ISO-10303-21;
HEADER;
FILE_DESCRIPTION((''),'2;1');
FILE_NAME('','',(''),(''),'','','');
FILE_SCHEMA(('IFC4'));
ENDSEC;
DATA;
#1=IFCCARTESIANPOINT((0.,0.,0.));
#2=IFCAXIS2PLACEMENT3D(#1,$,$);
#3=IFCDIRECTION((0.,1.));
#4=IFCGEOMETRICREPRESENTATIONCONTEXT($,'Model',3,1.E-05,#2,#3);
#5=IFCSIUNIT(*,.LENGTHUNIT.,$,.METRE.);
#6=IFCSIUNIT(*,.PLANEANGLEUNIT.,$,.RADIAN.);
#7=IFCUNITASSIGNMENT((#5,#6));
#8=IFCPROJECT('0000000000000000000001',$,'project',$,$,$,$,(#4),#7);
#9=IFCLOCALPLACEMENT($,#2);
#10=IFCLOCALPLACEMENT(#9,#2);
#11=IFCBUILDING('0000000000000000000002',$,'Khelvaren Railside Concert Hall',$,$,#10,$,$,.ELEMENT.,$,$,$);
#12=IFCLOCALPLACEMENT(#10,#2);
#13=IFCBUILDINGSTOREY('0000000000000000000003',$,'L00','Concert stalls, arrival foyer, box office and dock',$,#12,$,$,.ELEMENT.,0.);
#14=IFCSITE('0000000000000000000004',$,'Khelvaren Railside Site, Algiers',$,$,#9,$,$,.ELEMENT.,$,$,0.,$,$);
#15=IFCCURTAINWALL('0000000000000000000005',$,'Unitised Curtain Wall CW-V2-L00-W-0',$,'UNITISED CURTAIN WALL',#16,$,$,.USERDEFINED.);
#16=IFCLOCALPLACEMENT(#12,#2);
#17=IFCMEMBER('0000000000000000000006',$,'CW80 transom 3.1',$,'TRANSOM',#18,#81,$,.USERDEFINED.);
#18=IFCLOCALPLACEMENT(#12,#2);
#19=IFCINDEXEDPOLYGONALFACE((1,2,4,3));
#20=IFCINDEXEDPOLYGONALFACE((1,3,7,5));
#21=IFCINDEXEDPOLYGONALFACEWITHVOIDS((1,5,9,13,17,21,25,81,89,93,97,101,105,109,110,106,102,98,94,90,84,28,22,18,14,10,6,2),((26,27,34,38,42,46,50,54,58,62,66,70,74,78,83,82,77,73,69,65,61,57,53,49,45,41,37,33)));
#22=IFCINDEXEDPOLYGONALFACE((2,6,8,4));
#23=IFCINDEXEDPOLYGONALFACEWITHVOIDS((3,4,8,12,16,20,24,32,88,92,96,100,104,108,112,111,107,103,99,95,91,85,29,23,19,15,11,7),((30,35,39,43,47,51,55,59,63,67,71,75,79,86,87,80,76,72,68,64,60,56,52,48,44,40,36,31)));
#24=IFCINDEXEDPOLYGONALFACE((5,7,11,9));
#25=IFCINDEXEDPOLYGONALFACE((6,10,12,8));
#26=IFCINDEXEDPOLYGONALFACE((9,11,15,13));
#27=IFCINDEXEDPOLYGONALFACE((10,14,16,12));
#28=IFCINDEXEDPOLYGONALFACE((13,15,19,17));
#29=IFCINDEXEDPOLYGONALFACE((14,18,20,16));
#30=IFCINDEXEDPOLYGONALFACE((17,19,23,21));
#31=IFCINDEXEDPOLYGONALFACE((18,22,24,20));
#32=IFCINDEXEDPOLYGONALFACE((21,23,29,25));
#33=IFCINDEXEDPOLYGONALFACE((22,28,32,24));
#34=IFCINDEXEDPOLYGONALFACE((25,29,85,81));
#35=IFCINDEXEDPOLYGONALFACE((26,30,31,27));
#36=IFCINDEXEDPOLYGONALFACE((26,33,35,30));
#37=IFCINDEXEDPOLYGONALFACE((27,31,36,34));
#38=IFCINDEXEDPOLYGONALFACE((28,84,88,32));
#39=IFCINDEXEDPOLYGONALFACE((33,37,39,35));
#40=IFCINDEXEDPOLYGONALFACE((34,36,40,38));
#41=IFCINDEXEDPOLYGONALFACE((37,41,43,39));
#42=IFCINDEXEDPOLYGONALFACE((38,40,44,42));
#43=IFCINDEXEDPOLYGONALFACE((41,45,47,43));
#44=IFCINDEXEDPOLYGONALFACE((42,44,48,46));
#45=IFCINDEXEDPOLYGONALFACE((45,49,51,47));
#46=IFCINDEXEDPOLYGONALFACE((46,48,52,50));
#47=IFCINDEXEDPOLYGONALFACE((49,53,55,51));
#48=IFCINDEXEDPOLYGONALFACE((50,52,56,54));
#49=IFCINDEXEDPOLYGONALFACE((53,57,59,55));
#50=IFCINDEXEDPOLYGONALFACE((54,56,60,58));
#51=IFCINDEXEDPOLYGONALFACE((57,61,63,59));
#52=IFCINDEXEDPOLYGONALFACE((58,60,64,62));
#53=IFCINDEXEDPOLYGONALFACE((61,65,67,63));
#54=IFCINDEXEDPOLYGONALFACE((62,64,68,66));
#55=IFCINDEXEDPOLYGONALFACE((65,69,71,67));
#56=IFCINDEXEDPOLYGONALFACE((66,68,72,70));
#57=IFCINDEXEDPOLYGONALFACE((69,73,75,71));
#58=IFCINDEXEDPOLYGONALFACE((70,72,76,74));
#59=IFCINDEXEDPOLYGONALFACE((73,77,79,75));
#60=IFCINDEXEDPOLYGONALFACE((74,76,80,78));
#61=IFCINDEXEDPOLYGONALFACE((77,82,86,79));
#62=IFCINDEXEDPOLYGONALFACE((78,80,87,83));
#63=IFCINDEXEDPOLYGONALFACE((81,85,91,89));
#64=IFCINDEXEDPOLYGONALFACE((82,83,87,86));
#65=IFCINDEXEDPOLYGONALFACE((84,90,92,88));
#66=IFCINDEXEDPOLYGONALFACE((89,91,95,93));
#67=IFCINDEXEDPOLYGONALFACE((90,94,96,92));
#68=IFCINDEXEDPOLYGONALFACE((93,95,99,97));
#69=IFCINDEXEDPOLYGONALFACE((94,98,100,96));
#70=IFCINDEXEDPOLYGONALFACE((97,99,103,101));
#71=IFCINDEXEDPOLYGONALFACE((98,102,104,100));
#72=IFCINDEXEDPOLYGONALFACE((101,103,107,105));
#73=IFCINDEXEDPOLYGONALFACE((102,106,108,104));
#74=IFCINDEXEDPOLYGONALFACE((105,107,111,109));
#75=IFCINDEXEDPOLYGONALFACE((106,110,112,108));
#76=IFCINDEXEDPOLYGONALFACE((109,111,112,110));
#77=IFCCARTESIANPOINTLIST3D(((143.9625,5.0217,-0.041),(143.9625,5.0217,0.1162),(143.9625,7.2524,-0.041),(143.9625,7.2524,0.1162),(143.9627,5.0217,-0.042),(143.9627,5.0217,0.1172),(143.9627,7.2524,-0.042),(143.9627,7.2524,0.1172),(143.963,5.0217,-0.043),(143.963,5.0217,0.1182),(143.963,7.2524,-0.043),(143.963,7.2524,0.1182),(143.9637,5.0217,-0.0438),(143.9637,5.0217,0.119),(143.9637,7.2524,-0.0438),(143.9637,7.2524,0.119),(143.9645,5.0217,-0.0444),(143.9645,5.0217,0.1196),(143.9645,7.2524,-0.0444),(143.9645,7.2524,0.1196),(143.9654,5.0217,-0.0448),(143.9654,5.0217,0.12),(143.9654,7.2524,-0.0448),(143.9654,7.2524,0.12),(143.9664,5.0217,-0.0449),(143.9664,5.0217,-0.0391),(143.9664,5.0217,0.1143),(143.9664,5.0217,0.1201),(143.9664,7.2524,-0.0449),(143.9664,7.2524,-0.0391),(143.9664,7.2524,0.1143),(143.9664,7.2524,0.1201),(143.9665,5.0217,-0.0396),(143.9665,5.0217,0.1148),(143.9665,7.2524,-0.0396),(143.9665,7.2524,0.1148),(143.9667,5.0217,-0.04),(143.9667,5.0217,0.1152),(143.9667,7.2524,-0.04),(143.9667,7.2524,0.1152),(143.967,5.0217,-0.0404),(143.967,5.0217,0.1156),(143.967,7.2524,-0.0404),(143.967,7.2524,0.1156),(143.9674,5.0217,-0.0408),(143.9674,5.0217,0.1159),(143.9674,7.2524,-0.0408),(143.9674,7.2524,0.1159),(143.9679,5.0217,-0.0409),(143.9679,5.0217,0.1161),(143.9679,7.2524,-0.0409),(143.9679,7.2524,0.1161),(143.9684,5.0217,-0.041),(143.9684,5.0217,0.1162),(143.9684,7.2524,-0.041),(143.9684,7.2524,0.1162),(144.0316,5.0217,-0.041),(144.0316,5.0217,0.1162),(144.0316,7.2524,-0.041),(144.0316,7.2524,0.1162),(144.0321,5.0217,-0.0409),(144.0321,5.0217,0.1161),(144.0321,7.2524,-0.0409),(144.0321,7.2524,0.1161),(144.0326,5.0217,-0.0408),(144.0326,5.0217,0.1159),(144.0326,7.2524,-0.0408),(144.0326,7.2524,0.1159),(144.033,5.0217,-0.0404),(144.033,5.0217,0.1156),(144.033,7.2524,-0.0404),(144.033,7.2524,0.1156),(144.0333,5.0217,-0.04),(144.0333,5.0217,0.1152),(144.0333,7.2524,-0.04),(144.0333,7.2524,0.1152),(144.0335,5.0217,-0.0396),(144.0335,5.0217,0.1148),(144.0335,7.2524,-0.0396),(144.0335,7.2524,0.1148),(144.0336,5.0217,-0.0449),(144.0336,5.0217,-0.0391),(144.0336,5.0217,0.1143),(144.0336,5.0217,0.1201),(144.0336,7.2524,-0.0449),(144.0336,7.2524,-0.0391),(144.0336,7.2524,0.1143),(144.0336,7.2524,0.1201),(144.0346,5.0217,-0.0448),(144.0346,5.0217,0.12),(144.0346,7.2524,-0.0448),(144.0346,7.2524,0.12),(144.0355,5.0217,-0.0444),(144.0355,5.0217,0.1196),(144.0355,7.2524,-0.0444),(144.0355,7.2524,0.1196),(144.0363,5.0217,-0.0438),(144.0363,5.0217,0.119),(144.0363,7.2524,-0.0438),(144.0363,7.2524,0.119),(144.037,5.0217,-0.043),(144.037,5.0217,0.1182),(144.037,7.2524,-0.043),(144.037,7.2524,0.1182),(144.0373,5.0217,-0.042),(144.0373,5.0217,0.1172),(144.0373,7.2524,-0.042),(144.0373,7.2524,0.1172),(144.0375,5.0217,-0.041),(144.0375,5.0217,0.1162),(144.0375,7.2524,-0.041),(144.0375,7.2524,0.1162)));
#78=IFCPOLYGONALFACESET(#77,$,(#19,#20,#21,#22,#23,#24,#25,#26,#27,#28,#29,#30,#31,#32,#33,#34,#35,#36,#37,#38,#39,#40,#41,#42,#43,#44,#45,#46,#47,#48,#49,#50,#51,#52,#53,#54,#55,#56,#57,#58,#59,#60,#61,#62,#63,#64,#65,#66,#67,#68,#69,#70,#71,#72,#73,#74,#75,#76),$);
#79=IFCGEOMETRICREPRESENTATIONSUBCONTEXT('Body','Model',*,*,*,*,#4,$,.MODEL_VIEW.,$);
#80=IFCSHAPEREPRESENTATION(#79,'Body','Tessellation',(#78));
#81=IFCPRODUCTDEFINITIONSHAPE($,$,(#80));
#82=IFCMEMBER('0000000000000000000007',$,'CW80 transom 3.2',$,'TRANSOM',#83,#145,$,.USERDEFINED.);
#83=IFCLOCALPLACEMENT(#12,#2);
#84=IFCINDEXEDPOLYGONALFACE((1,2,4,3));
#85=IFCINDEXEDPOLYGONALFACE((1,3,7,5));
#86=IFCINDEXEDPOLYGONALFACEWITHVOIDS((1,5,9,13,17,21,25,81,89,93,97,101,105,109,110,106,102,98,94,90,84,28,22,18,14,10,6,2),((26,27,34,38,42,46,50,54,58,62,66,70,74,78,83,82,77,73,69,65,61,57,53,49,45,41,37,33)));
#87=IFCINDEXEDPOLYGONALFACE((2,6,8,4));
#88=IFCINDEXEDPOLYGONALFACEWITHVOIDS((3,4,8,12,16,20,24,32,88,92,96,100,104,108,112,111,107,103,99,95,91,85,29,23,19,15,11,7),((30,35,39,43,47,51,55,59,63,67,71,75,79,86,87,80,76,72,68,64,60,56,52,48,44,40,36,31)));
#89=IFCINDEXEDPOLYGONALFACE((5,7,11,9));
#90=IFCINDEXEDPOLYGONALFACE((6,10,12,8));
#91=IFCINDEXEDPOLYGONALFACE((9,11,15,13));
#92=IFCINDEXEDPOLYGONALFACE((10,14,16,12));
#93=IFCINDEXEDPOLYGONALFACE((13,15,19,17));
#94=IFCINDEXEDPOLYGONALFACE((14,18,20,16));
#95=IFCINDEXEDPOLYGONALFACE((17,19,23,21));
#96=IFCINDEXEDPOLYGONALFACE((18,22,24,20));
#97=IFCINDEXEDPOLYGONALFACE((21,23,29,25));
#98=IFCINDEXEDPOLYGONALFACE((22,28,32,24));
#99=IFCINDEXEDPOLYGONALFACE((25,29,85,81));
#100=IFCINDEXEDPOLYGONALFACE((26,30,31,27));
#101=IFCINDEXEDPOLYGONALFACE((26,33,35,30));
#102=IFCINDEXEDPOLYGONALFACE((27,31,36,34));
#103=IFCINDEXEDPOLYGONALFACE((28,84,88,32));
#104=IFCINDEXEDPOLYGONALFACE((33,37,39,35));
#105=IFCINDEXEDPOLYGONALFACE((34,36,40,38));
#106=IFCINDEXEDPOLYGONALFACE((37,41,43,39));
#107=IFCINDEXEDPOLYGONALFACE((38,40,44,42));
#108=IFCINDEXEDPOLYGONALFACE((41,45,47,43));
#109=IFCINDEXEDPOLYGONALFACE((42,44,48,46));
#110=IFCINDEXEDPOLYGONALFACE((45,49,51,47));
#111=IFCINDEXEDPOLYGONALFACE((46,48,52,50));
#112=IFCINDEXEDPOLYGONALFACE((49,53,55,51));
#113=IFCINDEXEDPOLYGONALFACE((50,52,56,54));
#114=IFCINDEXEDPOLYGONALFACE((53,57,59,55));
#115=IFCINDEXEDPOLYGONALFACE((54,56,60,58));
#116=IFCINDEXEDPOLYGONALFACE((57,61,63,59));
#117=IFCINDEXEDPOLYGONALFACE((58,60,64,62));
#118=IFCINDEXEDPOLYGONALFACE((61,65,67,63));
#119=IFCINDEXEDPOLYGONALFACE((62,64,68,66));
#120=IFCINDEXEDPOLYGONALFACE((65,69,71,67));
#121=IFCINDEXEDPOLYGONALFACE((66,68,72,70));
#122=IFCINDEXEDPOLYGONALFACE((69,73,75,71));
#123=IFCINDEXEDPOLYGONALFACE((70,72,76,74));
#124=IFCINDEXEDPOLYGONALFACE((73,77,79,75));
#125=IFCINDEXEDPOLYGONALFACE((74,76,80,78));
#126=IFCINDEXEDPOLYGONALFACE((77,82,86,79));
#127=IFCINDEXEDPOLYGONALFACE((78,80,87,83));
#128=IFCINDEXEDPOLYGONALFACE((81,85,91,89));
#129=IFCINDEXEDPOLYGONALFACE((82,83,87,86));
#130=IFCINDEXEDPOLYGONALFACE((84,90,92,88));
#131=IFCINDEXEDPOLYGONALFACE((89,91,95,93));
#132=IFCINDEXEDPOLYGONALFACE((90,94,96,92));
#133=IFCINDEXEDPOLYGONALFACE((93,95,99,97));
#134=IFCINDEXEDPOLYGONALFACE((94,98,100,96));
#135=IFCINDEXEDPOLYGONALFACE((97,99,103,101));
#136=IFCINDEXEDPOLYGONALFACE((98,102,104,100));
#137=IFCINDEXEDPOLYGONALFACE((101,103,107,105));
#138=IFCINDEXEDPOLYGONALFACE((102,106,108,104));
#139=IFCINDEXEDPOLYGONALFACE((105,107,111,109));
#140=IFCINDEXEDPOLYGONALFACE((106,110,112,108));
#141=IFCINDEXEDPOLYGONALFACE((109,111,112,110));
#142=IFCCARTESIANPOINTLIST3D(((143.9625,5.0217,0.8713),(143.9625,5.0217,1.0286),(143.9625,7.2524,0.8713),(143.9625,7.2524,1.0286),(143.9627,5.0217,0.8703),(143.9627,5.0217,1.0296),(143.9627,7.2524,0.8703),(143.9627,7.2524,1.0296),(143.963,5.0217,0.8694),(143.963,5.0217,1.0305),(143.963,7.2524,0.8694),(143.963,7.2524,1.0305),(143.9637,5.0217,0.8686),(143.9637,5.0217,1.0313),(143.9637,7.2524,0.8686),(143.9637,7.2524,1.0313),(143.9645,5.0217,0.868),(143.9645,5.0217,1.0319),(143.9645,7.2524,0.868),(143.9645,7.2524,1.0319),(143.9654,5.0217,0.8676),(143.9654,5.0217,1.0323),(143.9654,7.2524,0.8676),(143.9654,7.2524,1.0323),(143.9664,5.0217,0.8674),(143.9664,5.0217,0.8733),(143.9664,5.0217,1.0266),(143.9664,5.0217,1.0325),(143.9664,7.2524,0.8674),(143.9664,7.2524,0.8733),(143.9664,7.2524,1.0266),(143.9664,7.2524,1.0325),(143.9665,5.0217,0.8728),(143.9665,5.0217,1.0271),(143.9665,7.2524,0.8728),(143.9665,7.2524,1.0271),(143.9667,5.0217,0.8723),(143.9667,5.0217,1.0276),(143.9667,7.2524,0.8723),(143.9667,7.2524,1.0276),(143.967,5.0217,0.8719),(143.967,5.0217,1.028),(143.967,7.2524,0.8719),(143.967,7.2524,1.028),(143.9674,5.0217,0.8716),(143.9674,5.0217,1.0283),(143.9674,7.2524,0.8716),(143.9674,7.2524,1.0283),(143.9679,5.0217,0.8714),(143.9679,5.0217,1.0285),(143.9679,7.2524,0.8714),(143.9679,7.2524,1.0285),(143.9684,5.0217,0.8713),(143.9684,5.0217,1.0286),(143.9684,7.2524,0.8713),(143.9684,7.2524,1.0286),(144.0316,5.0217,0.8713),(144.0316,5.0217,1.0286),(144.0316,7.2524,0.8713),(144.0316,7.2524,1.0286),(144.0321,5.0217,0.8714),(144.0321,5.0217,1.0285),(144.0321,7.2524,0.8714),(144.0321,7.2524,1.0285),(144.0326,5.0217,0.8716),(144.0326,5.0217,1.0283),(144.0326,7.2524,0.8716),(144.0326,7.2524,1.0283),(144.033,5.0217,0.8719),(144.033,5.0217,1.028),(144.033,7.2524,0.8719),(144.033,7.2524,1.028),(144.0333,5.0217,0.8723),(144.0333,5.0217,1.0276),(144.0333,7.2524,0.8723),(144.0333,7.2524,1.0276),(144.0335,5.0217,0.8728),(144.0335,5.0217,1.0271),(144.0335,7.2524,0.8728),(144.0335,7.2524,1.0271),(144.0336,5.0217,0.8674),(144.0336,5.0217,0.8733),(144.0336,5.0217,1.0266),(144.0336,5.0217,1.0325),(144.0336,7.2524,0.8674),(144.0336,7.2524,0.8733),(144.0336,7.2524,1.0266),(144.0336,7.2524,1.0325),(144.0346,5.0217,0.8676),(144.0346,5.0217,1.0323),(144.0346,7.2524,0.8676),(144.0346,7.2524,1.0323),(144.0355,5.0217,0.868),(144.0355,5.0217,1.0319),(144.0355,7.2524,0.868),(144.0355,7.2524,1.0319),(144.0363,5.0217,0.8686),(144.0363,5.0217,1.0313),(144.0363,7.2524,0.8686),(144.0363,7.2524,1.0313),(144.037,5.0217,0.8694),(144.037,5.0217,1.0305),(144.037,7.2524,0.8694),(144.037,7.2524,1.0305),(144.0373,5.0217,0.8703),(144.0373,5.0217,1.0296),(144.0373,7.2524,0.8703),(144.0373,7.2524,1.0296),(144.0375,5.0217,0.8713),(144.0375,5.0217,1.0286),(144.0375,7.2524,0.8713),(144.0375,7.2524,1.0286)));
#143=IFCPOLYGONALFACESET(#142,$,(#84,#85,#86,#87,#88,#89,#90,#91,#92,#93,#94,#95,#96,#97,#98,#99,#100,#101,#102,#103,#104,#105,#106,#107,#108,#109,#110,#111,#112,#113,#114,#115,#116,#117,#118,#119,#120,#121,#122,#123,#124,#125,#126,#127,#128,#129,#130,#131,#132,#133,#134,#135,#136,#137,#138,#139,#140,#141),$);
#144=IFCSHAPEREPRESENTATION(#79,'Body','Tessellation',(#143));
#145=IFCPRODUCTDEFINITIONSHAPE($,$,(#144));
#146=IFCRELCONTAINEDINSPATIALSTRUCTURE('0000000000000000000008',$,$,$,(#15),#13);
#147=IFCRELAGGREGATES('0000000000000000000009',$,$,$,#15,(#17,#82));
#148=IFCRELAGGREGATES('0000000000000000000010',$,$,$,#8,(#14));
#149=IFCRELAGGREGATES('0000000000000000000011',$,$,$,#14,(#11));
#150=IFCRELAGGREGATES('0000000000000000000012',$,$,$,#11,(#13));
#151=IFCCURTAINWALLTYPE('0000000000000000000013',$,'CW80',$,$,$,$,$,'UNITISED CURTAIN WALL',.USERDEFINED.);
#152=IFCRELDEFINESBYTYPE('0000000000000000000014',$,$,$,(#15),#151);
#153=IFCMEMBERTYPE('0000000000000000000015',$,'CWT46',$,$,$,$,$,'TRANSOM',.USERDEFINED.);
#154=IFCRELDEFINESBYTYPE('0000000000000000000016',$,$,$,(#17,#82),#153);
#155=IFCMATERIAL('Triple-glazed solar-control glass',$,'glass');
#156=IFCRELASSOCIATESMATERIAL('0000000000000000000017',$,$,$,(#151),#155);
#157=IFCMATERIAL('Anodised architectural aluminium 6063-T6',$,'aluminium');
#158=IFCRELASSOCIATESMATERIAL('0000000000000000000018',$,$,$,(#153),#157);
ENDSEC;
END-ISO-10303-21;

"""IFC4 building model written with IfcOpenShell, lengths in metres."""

from ifc_helpers import new_model, si_unit, direction, frame, origin, origin_2d, place, context, subcontext, project, spatial, hollow_rectangle, extrude, material, material_profile, profile_set, type_object, element, aggregate, save


model = new_model("IFC4")

# Units and contexts
model_context = context("Model", 3, precision=1e-05, world=origin(), true_north=direction((0.0, 1.0)))
body_context = subcontext(model_context, "Body", "Model", "MODEL_VIEW")
ifc_project = project(units=[si_unit("LENGTHUNIT", "METRE"), si_unit("PLANEANGLEUNIT", "RADIAN")], contexts=[model_context])

# Site, building, storey
site_placement = place(None, origin())
site = spatial("IfcSite", under=ifc_project, at=site_placement, Name="Khelvaren Railside Site, Algiers", CompositionType="ELEMENT", RefElevation=0.0)
building_placement = place(site_placement, origin())
building = spatial("IfcBuilding", under=site, at=building_placement, Name="Khelvaren Railside Concert Hall", CompositionType="ELEMENT")
storey_placement = place(building_placement, origin())
storey = spatial("IfcBuildingStorey", under=building, at=storey_placement, Name="L00", Description="Concert stalls, arrival foyer, box office and dock", CompositionType="ELEMENT", Elevation=0.0)

# Curtain wall
ifc_material_1 = material(Name="Triple-glazed solar-control glass", Category="glass")
curtain_wall_type_1 = type_object("IfcCurtainWallType", Name="CW80", ElementType="UNITISED CURTAIN WALL", PredefinedType="USERDEFINED", material=ifc_material_1)
curtain_wall_1_placement = place(storey_placement, origin())
curtain_wall_1 = element("IfcCurtainWall", 1, at=curtain_wall_1_placement, inside=storey, type_object=curtain_wall_type_1, Name="Unitised Curtain Wall CW-V2-L00-W-0", ObjectType="UNITISED CURTAIN WALL", PredefinedType="USERDEFINED")
ifc_material_2 = material(Name="Anodised architectural aluminium 6063-T6", Category="aluminium")

# Members
ifc_material_profile_1 = material_profile(ifc_material_2, hollow_rectangle(XDim=0.075, YDim=0.165, WallThickness=0.0039, InnerFilletRadius=0.002, OuterFilletRadius=0.0039, at=origin_2d()), Name="CWT 75x165x4")
ifc_profile_set_1 = profile_set([ifc_material_profile_1], Name="Anodised architectural aluminium 6063-T6")
member_type_1 = type_object("IfcMemberType", Name="CWT46", ElementType="TRANSOM", PredefinedType="USERDEFINED", material=ifc_profile_set_1)
member_1_placement = place(storey_placement, frame((144.0, 5.0217, 0.0376), z_axis=(0.0, 1.0, 0.0), x_axis=(-1.0, 0.0, 0.0)))
member_1 = element("IfcMember", 2, at=member_1_placement, type_object=member_type_1, Name="CW80 transom 3.1", ObjectType="TRANSOM", PredefinedType="USERDEFINED", context=body_context, shape_type="SweptSolid", body=[
    extrude(hollow_rectangle(XDim=0.075, YDim=0.165, WallThickness=0.0039, InnerFilletRadius=0.002, OuterFilletRadius=0.0039, at=origin_2d()), origin(), (0.0, 0.0, 1.0), 2.2307),
])
member_2_placement = place(storey_placement, frame((144.0, 5.0217, 0.95), z_axis=(0.0, 1.0, 0.0), x_axis=(-1.0, 0.0, 0.0)))
member_2 = element("IfcMember", 3, at=member_2_placement, type_object=member_type_1, Name="CW80 transom 3.2", ObjectType="TRANSOM", PredefinedType="USERDEFINED", context=body_context, shape_type="SweptSolid", body=[
    extrude(hollow_rectangle(XDim=0.075, YDim=0.165, WallThickness=0.0039, InnerFilletRadius=0.002, OuterFilletRadius=0.0039, at=origin_2d()), origin(), (0.0, 0.0, 1.0), 2.2307),
])

aggregate(curtain_wall_1, [member_1, member_2])

save(model, "model.ifc")
